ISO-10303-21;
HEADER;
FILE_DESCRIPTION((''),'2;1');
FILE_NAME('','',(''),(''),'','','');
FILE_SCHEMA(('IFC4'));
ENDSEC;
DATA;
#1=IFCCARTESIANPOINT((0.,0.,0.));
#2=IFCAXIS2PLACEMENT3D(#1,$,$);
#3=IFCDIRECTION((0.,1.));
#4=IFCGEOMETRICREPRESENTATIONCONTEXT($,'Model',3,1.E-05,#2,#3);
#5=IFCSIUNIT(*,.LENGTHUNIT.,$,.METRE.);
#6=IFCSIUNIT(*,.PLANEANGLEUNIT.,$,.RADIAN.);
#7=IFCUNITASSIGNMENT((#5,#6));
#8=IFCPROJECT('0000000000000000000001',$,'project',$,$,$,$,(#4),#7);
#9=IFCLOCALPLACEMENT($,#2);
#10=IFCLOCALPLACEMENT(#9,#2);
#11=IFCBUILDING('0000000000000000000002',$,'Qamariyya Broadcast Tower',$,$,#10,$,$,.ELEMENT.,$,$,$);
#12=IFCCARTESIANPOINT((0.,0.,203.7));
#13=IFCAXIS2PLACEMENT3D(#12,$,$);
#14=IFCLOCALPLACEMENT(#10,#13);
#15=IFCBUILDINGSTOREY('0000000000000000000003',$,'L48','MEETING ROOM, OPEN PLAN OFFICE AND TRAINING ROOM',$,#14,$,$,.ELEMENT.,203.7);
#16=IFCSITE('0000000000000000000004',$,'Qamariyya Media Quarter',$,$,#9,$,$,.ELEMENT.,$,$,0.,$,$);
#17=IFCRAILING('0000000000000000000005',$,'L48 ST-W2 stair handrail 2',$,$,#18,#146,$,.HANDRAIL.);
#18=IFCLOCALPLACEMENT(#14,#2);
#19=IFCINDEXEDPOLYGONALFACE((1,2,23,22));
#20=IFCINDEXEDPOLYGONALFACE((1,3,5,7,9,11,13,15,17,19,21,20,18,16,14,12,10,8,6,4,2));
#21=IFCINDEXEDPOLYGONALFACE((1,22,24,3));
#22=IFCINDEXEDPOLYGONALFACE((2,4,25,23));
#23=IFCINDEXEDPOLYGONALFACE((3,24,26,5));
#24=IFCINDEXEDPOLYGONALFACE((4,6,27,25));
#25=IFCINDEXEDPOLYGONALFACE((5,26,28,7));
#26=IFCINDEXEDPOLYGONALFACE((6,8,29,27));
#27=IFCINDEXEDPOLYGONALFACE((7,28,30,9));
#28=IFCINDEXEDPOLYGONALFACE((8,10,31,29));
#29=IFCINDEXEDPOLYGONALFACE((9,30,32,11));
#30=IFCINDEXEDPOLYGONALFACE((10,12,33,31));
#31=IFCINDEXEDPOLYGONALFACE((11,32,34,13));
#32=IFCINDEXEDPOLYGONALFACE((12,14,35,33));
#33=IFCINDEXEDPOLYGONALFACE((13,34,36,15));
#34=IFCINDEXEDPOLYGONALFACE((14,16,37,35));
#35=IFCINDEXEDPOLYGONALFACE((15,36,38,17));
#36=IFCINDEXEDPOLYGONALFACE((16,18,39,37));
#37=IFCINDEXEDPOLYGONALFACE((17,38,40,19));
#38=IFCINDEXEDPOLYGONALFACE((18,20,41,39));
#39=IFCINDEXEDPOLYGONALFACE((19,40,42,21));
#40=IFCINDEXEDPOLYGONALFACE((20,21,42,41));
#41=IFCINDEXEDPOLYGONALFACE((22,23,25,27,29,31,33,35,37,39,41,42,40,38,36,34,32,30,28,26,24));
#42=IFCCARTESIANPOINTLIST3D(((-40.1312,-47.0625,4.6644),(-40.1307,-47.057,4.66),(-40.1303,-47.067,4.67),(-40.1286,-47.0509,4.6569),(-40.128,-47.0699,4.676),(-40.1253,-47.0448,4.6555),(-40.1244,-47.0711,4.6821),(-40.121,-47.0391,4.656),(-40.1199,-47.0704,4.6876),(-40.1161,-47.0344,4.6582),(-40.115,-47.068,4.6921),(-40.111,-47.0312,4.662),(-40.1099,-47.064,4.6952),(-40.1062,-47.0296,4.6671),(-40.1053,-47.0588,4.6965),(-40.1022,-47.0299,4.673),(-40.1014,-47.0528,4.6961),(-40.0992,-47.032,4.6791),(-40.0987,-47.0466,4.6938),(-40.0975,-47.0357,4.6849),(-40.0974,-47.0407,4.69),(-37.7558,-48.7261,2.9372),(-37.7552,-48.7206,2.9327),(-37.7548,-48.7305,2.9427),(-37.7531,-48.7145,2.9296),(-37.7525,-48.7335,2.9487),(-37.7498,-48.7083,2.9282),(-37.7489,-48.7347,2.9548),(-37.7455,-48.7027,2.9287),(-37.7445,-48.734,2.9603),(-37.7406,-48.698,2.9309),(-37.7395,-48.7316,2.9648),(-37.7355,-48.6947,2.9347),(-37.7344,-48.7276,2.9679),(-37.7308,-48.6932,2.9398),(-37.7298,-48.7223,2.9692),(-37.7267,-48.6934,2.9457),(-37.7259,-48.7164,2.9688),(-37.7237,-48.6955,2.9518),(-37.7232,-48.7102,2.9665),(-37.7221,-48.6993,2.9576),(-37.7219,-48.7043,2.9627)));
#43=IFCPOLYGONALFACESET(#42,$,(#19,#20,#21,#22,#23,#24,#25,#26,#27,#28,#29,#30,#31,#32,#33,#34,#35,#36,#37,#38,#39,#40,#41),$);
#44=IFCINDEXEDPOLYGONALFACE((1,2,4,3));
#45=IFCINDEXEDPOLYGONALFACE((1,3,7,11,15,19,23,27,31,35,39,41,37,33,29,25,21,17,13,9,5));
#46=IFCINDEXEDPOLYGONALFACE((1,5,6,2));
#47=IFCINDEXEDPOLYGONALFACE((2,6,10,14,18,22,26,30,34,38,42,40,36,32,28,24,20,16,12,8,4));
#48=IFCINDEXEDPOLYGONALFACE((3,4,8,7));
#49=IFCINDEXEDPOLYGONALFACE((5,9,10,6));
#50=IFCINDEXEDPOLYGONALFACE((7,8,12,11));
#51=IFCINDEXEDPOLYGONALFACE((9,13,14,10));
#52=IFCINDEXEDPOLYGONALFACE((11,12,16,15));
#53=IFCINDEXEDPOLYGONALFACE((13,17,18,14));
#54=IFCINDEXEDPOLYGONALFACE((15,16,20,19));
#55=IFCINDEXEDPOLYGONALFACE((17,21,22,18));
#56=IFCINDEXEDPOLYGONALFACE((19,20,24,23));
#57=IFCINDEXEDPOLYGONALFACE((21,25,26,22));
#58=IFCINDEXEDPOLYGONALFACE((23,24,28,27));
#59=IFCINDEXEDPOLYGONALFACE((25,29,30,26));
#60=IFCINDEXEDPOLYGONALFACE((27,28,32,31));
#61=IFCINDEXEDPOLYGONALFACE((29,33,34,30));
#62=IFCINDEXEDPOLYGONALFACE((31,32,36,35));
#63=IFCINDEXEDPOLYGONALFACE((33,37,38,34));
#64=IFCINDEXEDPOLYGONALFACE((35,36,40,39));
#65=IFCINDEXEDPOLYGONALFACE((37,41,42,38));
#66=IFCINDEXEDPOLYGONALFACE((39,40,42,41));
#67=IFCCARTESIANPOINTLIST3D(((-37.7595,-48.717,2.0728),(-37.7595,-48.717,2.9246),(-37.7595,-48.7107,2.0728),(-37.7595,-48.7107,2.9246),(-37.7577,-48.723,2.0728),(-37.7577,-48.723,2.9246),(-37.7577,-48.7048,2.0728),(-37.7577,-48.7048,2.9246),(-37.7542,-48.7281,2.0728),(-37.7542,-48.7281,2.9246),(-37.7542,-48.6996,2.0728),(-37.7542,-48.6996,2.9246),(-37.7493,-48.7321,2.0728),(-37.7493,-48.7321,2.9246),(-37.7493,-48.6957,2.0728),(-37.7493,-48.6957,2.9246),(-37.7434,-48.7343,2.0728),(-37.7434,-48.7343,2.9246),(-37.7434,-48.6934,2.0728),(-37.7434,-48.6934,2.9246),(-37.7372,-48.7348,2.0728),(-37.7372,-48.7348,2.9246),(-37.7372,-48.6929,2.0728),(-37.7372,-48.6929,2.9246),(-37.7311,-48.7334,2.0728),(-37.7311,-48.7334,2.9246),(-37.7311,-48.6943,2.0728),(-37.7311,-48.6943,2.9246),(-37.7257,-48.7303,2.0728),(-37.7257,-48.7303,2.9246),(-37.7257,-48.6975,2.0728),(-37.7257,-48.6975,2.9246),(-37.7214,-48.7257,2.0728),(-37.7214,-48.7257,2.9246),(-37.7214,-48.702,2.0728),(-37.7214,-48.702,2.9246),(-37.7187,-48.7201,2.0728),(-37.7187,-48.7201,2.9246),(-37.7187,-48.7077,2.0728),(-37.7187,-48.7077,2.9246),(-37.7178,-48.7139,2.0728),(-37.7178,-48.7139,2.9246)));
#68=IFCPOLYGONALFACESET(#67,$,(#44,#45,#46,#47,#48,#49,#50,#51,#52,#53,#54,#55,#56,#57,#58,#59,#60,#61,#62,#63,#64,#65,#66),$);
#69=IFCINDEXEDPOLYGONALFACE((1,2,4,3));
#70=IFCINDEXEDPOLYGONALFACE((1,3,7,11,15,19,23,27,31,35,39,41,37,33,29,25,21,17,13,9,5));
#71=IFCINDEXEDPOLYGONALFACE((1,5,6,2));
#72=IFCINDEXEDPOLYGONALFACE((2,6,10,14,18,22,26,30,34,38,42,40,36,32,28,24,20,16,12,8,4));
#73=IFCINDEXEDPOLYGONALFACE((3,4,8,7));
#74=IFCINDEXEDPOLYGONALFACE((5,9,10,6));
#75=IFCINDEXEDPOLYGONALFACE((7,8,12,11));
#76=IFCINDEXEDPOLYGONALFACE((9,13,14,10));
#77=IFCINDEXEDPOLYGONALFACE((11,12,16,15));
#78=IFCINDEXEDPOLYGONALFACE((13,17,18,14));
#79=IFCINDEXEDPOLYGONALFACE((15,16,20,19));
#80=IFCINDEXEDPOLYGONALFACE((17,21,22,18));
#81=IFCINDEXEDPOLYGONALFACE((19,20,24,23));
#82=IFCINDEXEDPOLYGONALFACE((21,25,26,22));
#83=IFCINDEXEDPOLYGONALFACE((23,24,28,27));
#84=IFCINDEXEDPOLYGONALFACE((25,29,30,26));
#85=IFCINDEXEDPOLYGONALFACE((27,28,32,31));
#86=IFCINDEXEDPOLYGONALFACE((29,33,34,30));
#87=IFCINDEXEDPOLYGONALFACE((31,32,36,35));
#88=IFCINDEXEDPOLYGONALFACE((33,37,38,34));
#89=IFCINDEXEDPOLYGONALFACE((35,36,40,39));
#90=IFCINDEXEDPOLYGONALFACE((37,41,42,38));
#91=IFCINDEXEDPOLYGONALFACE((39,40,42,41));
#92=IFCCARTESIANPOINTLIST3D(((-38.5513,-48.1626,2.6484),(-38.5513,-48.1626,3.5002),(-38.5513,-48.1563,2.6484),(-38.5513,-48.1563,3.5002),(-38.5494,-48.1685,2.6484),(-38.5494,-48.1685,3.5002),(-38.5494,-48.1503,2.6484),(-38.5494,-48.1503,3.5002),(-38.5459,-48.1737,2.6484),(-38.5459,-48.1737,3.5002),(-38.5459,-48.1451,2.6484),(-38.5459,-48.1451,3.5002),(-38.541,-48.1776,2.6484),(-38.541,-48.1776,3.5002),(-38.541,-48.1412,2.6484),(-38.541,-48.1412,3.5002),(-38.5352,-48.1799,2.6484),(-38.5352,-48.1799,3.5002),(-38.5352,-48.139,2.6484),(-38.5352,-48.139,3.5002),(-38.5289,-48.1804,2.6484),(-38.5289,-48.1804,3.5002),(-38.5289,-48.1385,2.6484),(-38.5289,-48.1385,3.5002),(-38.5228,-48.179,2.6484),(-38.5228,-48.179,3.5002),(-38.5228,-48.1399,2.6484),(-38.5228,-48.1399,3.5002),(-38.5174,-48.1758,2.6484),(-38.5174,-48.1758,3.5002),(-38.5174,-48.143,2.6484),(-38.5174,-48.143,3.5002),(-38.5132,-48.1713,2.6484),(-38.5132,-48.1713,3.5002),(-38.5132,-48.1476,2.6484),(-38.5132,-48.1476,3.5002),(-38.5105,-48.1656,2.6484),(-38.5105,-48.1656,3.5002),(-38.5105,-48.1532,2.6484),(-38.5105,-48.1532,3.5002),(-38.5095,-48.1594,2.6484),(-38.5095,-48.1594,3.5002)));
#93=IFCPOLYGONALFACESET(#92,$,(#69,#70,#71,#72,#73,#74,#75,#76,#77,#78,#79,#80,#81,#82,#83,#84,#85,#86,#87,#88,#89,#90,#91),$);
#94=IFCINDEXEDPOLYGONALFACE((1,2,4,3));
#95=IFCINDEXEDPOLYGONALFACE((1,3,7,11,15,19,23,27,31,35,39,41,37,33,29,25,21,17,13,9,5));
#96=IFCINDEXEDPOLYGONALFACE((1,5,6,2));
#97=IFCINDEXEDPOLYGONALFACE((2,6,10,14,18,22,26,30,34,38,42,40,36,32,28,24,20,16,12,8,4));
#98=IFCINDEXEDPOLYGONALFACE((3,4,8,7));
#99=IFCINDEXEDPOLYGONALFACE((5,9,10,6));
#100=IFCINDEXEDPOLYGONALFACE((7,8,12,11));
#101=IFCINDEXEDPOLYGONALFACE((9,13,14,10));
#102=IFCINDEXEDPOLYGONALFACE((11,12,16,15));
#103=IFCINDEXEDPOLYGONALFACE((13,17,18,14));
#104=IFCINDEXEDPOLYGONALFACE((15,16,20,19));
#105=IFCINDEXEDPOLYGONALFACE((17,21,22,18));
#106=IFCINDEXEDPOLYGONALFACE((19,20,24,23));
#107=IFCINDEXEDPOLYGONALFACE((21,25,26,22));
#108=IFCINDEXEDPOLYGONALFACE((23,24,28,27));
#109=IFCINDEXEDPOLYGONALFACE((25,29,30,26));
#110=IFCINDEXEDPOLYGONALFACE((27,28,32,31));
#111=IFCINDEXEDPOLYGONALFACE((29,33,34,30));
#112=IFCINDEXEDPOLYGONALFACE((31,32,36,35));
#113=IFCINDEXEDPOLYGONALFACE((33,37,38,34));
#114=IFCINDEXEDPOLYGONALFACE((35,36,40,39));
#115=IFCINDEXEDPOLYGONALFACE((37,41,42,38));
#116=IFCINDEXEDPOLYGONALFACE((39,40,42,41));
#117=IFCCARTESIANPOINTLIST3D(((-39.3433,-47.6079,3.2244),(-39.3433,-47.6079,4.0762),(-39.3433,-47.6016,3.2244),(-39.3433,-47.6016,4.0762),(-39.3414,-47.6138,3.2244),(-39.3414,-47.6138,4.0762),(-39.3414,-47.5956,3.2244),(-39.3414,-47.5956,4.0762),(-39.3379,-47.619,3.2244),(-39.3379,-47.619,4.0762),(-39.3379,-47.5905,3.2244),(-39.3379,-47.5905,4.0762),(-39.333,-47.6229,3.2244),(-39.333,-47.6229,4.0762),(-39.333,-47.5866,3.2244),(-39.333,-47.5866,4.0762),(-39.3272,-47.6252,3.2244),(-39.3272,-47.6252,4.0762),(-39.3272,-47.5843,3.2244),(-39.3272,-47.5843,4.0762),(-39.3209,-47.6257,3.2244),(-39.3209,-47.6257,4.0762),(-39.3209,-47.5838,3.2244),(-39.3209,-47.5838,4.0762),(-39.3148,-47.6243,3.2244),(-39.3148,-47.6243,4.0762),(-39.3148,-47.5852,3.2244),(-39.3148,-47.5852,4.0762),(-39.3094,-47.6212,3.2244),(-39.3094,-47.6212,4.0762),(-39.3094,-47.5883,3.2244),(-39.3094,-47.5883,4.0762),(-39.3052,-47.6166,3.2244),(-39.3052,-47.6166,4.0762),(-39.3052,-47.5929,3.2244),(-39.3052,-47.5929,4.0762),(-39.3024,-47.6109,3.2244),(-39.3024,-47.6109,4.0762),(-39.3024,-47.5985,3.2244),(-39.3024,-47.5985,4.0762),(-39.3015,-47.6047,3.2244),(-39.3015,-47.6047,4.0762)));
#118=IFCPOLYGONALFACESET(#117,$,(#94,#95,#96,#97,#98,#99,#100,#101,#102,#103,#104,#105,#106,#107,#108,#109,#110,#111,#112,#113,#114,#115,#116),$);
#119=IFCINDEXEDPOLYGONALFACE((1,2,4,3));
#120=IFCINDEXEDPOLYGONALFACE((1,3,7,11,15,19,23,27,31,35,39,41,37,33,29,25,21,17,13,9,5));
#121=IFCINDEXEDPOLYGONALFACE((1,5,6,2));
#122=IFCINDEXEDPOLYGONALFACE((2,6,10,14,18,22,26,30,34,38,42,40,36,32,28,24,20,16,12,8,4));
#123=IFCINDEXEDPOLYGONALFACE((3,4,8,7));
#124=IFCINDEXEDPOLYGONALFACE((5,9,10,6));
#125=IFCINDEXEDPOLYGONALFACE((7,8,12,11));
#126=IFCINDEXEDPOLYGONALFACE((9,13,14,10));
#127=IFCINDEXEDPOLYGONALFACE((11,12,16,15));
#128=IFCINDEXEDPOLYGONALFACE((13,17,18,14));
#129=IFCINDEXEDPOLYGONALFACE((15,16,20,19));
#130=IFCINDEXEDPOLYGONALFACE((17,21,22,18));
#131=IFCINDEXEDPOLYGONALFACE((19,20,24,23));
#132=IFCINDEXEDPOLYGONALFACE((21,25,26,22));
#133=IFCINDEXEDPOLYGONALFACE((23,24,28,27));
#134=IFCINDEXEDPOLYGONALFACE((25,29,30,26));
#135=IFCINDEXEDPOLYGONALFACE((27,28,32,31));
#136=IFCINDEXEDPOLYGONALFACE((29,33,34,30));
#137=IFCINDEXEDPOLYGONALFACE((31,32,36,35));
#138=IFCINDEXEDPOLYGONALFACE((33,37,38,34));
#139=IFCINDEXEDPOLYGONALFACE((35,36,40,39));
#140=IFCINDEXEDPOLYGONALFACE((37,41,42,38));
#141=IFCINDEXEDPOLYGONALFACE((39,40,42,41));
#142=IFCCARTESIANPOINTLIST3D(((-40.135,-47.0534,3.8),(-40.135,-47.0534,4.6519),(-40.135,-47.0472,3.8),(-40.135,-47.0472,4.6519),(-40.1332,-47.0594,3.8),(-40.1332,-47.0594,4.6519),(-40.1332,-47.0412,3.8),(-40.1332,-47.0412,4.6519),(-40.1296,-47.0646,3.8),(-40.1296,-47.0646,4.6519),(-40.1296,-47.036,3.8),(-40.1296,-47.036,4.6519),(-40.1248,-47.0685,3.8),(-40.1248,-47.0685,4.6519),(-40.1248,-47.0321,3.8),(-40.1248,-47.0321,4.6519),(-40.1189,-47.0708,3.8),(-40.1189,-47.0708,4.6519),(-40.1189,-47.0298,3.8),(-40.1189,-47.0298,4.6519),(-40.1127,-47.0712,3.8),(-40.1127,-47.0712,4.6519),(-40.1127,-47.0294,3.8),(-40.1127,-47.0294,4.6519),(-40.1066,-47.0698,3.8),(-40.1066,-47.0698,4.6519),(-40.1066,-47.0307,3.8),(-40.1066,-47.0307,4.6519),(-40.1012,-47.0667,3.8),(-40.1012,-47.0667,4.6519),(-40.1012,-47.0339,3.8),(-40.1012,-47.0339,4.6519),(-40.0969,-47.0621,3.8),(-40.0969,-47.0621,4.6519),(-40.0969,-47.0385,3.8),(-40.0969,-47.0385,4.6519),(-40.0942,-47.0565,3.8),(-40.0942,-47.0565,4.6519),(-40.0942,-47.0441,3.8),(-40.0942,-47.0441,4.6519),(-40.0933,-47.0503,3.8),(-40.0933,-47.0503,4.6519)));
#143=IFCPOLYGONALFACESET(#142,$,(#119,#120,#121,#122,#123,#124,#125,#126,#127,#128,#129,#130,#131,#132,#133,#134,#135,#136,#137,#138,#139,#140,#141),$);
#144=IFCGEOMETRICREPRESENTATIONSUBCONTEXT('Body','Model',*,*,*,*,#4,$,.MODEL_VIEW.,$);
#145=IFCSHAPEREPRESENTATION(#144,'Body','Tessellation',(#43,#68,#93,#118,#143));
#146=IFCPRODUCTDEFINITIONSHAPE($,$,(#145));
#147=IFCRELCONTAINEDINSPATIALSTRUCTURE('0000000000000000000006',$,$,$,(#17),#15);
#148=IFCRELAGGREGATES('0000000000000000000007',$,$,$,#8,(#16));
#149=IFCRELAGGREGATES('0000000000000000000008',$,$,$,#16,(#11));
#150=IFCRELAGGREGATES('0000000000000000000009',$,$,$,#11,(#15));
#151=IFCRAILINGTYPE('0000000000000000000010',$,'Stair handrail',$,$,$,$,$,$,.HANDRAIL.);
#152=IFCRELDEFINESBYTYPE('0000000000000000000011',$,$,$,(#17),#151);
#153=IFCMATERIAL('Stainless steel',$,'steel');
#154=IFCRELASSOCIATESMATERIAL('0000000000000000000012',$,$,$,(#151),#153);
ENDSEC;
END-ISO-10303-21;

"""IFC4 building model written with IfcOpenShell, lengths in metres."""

from ifc_helpers import new_model, si_unit, direction, frame, origin, origin_2d, place, context, subcontext, project, spatial, circle, extrude, material, type_object, element, save


model = new_model("IFC4")

# Units and contexts
model_context = context("Model", 3, precision=1e-05, world=origin(), true_north=direction((0.0, 1.0)))
body_context = subcontext(model_context, "Body", "Model", "MODEL_VIEW")
ifc_project = project(units=[si_unit("LENGTHUNIT", "METRE"), si_unit("PLANEANGLEUNIT", "RADIAN")], contexts=[model_context])

# Site, building, storey
site_placement = place(None, origin())
site = spatial("IfcSite", under=ifc_project, at=site_placement, Name="Qamariyya Media Quarter", CompositionType="ELEMENT", RefElevation=0.0)
building_placement = place(site_placement, origin())
building = spatial("IfcBuilding", under=site, at=building_placement, Name="Qamariyya Broadcast Tower", CompositionType="ELEMENT")
storey_placement = place(building_placement, frame((0.0, 0.0, 203.7)))
storey = spatial("IfcBuildingStorey", under=building, at=storey_placement, Name="L48", Description="MEETING ROOM, OPEN PLAN OFFICE AND TRAINING ROOM", CompositionType="ELEMENT", Elevation=203.7)

# Railing
ifc_material_1 = material(Name="Stainless steel", Category="steel")
railing_type_1 = type_object("IfcRailingType", Name="Stair handrail", PredefinedType="HANDRAIL", material=ifc_material_1)
railing_1_placement = place(storey_placement, frame((-37.7388, -48.7139, 2.0728)))
element("IfcRailing", 1, at=railing_1_placement, inside=storey, type_object=railing_type_1, Name="L48 ST-W2 stair handrail 2", PredefinedType="HANDRAIL", context=body_context, shape_type="SweptSolid", body=[
    extrude(circle(Radius=0.0239, at=origin_2d()), frame((0.0, 0.0, 0.876), z_axis=(-0.703745, 0.492838, 0.511716), x_axis=(-0.573632, -0.819113, 0.0)), (0.0, 0.0, 1.0), 3.3755),
    extrude(circle(Radius=0.021, at=origin_2d()), origin(), (0.0, 0.0, 1.0), 0.8518),
    extrude(circle(Radius=0.021, at=origin_2d()), frame((-0.7917, 0.5544, 0.5757)), (0.0, 0.0, 1.0), 0.8518),
    extrude(circle(Radius=0.021, at=origin_2d()), frame((-1.5837, 1.1091, 1.1516)), (0.0, 0.0, 1.0), 0.8518),
    extrude(circle(Radius=0.021, at=origin_2d()), frame((-2.3755, 1.6636, 1.7273)), (0.0, 0.0, 1.0), 0.8518),
])

save(model, "model.ifc")
